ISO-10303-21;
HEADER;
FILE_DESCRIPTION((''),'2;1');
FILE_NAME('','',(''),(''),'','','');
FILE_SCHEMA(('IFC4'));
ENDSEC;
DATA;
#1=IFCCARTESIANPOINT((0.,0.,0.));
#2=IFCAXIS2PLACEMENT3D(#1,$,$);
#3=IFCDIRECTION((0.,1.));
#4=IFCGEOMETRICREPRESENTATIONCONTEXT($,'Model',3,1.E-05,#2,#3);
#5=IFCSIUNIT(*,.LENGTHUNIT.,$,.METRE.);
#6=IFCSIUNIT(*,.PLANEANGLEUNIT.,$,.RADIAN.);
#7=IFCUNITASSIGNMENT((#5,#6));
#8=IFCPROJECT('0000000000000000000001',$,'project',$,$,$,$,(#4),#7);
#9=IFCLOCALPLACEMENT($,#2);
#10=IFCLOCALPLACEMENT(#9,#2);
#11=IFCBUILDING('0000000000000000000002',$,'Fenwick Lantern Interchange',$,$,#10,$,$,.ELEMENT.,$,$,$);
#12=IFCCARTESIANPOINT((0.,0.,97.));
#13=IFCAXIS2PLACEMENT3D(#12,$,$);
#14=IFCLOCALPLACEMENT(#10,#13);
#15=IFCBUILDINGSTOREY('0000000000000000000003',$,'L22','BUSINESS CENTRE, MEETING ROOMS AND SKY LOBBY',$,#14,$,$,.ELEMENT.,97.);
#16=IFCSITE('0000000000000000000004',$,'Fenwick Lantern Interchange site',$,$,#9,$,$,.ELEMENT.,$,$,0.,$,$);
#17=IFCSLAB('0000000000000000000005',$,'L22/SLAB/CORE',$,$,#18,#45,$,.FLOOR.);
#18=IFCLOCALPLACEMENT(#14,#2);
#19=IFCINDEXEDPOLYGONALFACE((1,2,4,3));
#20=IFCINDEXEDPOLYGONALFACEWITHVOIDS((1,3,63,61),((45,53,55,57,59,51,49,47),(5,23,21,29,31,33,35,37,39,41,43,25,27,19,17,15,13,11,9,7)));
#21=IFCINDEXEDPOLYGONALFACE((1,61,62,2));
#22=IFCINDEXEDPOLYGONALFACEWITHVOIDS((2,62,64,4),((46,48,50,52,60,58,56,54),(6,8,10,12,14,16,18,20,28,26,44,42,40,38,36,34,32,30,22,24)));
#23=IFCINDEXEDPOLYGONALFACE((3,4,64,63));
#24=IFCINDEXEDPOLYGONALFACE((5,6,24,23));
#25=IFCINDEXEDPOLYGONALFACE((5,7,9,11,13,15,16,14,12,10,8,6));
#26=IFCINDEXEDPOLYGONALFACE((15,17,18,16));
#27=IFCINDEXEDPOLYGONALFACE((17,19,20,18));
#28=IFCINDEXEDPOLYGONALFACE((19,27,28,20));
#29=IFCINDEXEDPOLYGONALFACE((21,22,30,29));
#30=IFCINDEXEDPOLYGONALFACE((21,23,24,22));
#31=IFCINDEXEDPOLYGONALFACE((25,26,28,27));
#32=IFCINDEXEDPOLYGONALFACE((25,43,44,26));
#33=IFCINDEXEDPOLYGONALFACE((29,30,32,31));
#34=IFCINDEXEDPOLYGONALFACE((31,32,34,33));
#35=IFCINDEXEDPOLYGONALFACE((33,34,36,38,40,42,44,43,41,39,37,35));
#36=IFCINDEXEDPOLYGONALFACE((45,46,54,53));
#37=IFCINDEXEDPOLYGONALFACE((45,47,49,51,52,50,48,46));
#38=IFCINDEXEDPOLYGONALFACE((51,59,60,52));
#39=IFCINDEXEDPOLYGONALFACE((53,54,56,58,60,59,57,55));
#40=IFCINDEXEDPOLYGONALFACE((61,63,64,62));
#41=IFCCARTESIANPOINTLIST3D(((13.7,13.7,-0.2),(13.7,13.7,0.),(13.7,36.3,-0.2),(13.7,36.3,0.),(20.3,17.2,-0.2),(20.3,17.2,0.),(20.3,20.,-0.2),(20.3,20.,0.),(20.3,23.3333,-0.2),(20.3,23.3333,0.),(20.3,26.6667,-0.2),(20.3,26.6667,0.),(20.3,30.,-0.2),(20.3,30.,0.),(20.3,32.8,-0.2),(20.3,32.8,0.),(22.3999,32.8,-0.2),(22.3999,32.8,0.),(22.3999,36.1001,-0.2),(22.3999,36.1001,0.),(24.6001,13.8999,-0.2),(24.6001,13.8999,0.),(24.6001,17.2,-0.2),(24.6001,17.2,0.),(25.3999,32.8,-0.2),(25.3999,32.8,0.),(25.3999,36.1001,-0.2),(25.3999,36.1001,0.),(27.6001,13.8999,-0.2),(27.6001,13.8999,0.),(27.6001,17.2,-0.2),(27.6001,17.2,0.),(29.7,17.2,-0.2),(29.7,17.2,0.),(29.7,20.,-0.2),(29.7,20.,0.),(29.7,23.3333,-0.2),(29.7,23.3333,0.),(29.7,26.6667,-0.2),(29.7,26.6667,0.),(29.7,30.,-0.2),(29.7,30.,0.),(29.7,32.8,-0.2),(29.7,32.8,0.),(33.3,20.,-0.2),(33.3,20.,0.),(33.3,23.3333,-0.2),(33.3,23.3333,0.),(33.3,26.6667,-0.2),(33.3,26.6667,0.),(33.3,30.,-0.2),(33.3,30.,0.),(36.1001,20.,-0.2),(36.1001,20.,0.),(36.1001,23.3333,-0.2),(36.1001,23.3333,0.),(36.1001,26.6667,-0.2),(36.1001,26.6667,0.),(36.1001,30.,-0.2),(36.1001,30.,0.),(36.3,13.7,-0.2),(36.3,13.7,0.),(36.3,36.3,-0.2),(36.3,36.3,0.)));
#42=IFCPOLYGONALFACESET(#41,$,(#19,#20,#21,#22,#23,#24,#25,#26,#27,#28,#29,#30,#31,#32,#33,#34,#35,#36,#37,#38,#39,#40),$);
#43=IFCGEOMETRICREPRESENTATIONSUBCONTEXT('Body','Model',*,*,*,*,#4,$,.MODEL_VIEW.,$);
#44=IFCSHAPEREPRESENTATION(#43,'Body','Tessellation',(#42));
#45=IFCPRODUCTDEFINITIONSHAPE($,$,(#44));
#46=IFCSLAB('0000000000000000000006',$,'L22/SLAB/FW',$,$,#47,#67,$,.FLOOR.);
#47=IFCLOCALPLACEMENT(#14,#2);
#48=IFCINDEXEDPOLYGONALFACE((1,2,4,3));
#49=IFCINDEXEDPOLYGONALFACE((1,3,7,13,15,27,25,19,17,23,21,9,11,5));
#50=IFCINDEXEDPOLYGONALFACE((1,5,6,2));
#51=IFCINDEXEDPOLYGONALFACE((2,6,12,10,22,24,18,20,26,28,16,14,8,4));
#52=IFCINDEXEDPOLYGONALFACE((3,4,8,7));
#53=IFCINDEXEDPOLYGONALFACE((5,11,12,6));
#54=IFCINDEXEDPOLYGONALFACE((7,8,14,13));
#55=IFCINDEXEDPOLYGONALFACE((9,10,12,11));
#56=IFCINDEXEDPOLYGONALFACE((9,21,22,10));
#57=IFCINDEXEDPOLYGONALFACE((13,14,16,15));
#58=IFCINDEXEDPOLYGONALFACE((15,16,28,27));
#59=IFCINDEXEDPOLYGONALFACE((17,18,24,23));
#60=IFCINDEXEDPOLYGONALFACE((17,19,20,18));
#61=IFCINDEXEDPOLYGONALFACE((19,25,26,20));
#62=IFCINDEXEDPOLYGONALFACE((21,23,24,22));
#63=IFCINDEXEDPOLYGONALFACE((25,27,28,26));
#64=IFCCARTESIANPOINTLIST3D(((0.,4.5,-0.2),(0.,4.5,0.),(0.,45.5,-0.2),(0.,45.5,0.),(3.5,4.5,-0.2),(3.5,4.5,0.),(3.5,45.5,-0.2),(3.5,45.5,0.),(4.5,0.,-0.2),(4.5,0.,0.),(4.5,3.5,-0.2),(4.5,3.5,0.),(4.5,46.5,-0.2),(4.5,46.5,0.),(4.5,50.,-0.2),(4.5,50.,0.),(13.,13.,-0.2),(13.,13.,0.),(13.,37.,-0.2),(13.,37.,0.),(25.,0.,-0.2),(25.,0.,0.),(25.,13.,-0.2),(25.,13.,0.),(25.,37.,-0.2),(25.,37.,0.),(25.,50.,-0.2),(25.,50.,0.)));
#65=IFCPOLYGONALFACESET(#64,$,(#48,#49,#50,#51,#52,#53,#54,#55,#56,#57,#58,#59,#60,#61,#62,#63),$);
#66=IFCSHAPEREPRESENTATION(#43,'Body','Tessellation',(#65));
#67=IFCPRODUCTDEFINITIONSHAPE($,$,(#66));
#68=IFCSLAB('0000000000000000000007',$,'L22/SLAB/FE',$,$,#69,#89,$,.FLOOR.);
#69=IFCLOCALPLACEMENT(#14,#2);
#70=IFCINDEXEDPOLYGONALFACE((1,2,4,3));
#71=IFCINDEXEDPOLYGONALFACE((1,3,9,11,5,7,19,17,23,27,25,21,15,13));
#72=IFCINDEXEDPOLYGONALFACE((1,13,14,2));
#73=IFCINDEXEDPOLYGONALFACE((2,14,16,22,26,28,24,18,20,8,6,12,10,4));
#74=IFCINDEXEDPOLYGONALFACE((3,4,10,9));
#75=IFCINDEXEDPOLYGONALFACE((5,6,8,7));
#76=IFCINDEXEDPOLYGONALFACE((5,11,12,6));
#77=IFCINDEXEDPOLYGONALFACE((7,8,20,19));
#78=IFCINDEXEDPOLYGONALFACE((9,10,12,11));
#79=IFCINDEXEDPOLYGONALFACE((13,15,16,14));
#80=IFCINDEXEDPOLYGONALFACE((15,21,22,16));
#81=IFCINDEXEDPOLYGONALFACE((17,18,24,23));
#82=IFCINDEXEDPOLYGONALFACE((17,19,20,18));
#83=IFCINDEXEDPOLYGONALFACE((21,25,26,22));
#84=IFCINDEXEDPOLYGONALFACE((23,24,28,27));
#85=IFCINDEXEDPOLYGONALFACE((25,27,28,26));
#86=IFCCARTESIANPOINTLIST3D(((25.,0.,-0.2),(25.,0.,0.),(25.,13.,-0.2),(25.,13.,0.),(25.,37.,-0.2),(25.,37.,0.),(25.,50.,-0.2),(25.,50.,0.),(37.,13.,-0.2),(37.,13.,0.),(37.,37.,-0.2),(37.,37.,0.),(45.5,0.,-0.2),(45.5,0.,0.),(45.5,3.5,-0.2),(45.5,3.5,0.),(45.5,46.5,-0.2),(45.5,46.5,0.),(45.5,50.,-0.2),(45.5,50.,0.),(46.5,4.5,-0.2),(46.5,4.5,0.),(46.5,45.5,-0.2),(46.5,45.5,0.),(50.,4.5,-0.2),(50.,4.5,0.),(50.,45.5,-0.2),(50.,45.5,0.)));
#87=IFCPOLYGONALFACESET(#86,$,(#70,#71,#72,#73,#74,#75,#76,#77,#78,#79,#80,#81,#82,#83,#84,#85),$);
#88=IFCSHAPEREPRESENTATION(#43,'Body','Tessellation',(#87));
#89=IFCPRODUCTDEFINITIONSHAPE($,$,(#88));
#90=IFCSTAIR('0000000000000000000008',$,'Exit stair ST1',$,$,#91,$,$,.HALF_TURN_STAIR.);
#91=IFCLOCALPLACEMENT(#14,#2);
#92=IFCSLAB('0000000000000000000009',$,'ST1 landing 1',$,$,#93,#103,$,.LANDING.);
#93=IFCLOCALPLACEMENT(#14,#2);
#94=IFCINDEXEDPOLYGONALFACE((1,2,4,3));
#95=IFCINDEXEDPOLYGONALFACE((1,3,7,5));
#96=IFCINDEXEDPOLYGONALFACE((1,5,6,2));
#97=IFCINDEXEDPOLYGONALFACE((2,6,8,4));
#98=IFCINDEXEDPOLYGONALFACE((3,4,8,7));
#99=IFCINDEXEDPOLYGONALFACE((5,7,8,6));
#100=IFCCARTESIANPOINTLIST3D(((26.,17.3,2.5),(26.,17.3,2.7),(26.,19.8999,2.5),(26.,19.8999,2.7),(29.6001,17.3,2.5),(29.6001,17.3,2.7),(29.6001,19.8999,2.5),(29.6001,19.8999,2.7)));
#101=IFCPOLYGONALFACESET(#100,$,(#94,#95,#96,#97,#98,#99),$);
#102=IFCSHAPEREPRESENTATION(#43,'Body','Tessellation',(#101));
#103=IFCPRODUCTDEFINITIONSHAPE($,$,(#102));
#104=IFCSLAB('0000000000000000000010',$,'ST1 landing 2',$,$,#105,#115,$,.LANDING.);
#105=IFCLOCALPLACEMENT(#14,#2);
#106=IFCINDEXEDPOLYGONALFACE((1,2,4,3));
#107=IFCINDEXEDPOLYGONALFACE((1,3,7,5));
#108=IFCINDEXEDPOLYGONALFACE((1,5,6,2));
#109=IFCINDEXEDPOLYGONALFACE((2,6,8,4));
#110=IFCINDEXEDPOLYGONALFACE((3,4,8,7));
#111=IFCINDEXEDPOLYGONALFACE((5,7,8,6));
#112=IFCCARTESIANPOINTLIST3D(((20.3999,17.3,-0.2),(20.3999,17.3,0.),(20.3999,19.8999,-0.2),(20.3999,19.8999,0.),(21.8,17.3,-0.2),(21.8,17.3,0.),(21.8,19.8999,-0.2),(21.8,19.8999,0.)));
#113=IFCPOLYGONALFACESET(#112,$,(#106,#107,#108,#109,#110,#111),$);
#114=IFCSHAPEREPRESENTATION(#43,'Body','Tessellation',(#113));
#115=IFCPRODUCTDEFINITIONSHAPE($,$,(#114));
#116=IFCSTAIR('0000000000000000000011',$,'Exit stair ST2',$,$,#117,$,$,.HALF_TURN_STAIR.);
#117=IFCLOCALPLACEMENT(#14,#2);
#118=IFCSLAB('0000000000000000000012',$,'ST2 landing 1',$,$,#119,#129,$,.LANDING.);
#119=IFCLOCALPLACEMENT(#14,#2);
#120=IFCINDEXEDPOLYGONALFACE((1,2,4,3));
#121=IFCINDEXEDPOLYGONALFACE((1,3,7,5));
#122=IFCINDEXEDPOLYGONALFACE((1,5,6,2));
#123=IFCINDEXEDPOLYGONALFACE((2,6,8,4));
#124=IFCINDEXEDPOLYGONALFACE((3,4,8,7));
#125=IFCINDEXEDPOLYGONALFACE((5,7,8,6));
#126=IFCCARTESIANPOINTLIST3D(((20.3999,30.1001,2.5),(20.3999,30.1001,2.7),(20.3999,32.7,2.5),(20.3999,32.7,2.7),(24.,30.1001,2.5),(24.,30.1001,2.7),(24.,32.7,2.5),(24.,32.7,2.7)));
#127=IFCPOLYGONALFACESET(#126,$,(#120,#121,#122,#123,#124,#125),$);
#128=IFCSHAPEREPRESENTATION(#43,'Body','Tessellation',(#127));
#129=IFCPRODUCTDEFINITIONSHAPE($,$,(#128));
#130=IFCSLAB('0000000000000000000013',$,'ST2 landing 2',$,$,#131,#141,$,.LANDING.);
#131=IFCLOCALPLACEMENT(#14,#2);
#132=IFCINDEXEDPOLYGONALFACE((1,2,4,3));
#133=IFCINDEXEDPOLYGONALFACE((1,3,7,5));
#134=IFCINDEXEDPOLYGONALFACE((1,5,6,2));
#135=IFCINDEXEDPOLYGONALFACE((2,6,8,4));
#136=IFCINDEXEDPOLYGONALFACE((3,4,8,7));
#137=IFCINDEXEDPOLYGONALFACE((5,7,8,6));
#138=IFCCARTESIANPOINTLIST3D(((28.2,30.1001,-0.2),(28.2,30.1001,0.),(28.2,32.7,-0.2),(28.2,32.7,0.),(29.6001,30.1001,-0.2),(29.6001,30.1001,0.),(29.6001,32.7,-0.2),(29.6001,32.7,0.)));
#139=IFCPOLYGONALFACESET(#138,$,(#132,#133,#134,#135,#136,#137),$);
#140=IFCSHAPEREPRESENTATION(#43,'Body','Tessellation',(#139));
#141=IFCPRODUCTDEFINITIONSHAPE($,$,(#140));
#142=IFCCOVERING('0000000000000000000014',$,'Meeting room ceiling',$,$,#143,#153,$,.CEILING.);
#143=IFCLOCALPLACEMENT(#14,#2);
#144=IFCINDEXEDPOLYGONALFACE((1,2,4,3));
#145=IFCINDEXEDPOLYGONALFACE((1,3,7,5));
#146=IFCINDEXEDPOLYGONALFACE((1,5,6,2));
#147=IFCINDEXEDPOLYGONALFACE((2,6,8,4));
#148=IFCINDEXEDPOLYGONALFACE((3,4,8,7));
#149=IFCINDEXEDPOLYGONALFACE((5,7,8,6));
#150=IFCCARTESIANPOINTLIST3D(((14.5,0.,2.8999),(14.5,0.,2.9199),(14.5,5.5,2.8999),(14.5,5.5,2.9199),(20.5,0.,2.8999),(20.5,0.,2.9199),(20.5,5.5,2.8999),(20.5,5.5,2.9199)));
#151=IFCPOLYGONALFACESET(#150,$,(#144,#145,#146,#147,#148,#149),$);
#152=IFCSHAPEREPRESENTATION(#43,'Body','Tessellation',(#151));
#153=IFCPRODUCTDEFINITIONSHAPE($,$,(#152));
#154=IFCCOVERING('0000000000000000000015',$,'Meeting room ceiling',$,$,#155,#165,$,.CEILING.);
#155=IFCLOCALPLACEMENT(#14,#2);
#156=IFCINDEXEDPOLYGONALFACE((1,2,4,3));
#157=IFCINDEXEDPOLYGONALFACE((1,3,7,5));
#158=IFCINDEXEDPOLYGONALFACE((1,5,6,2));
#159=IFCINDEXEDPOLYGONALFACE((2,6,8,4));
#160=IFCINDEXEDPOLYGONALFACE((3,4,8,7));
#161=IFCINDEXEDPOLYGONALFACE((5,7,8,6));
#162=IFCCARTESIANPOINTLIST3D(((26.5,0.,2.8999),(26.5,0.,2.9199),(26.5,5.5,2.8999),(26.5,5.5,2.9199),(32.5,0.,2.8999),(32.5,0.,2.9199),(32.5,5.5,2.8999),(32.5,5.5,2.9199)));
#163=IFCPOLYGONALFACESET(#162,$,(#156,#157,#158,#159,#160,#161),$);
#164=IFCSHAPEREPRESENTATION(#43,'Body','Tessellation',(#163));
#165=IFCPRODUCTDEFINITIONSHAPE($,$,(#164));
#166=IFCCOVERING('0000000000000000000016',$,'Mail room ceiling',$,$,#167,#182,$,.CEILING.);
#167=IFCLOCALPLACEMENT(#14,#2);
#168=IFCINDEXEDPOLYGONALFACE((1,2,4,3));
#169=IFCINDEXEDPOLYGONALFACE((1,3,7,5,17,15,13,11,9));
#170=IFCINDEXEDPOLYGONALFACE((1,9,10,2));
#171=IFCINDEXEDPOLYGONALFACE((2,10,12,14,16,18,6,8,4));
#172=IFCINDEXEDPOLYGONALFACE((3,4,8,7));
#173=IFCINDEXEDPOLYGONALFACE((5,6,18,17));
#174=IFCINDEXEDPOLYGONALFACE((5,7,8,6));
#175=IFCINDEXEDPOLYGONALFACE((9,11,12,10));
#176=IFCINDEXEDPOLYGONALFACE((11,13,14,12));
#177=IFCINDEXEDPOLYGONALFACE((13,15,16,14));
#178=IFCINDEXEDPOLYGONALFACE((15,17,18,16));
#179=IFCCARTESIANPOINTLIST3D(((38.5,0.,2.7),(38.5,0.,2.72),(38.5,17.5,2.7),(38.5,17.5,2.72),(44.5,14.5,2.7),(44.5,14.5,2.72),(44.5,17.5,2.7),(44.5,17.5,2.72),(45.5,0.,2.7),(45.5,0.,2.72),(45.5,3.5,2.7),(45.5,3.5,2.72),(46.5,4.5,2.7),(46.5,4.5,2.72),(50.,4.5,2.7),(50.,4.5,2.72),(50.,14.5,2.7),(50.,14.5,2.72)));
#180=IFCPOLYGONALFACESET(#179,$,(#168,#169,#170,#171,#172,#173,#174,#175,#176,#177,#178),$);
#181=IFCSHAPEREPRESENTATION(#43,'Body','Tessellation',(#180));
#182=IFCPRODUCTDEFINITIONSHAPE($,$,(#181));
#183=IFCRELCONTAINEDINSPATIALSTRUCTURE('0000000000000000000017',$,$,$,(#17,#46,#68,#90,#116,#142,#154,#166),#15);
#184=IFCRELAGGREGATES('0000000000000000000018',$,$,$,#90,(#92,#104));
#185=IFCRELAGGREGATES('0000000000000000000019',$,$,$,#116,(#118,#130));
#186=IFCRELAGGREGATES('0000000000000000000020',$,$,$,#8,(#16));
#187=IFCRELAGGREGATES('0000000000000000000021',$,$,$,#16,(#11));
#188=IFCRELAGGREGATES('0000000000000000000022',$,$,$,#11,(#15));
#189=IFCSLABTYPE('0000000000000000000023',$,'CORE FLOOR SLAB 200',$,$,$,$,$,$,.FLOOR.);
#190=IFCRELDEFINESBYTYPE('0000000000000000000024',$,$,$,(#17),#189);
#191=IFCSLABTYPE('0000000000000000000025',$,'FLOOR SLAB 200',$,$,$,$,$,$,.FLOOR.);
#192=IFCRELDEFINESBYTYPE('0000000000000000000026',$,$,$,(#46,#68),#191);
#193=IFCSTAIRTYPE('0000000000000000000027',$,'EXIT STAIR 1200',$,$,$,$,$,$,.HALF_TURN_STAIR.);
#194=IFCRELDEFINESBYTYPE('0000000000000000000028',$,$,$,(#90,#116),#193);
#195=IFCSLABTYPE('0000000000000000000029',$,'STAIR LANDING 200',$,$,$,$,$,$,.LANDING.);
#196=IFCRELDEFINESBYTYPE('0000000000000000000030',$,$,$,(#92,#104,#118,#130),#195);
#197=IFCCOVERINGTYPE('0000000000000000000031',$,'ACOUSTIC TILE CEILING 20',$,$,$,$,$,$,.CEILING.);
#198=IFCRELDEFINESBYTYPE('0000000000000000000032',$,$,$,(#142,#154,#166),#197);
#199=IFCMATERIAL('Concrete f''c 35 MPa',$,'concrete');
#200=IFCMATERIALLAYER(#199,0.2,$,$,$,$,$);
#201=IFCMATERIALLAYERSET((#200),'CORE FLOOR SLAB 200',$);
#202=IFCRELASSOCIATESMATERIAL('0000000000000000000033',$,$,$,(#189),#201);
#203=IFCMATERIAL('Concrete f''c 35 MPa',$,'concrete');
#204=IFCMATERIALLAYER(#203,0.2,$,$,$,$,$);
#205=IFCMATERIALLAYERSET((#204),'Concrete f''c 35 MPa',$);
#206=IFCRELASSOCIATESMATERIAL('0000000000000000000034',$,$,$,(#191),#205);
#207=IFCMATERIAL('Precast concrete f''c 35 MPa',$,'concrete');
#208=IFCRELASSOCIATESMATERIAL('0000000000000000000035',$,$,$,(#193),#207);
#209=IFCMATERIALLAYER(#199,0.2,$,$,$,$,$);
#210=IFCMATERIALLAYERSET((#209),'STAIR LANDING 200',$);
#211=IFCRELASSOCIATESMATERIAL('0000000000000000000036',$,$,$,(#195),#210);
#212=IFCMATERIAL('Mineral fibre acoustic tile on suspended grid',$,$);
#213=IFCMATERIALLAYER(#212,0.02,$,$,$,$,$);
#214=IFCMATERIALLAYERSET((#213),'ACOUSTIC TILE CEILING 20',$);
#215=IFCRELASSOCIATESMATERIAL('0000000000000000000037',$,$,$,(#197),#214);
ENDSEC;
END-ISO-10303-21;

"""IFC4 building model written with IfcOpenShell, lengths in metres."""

from ifc_helpers import new_model, si_unit, direction, frame, origin, place, context, subcontext, project, spatial, polyline, outline, extrude, material, layer, layer_set, type_object, element, aggregate, save


model = new_model("IFC4")

# Units and contexts
model_context = context("Model", 3, precision=1e-05, world=origin(), true_north=direction((0.0, 1.0)))
body_context = subcontext(model_context, "Body", "Model", "MODEL_VIEW")
ifc_project = project(units=[si_unit("LENGTHUNIT", "METRE"), si_unit("PLANEANGLEUNIT", "RADIAN")], contexts=[model_context])

# Site, building, storey
site_placement = place(None, origin())
site = spatial("IfcSite", under=ifc_project, at=site_placement, Name="Fenwick Lantern Interchange site", CompositionType="ELEMENT", RefElevation=0.0)
building_placement = place(site_placement, origin())
building = spatial("IfcBuilding", under=site, at=building_placement, Name="Fenwick Lantern Interchange", CompositionType="ELEMENT")
storey_placement = place(building_placement, frame((0.0, 0.0, 97.0)))
storey = spatial("IfcBuildingStorey", under=building, at=storey_placement, Name="L22", Description="BUSINESS CENTRE, MEETING ROOMS AND SKY LOBBY", CompositionType="ELEMENT", Elevation=97.0)

# Slabs
ifc_material_1 = material(Name="Concrete f'c 35 MPa", Category="concrete")
ifc_layer_1 = layer(ifc_material_1, 0.2)
ifc_layer_set_1 = layer_set([ifc_layer_1], Name="CORE FLOOR SLAB 200")
slab_type_1 = type_object("IfcSlabType", Name="CORE FLOOR SLAB 200", PredefinedType="FLOOR", material=ifc_layer_set_1)
slab_1_placement = place(storey_placement, frame((0.0, 0.0, -0.2)))
element("IfcSlab", 1, at=slab_1_placement, inside=storey, type_object=slab_type_1, Name="L22/SLAB/CORE", PredefinedType="FLOOR", context=body_context, shape_type="SweptSolid", body=[
    extrude(outline(polyline([(13.7, 36.3), (36.3, 36.3), (36.3, 13.7), (13.7, 13.7), (13.7, 36.3)]), holes=[polyline([(29.7, 17.2), (29.7, 20.0), (29.7, 23.3333), (29.7, 26.6667), (29.7, 30.0), (29.7, 32.8), (25.3999, 32.8), (25.3999, 36.1001), (22.3999, 36.1001), (22.3999, 32.8), (20.3, 32.8), (20.3, 30.0), (20.3, 26.6667), (20.3, 23.3333), (20.3, 20.0), (20.3, 17.2), (24.6001, 17.2), (24.6001, 13.8999), (27.6001, 13.8999), (27.6001, 17.2), (29.7, 17.2)]), polyline([(33.3, 23.3333), (33.3, 20.0), (36.1001, 20.0), (36.1001, 23.3333), (36.1001, 26.6667), (36.1001, 30.0), (33.3, 30.0), (33.3, 26.6667), (33.3, 23.3333)])]), origin(), (0.0, 0.0, 1.0), 0.2),
])
ifc_material_2 = material(Name="Concrete f'c 35 MPa", Category="concrete")
ifc_layer_2 = layer(ifc_material_2, 0.2)
ifc_layer_set_2 = layer_set([ifc_layer_2], Name="Concrete f'c 35 MPa")
slab_type_2 = type_object("IfcSlabType", Name="FLOOR SLAB 200", PredefinedType="FLOOR", material=ifc_layer_set_2)
slab_2_placement = place(storey_placement, frame((0.0, 0.0, -0.2)))
element("IfcSlab", 2, at=slab_2_placement, inside=storey, type_object=slab_type_2, Name="L22/SLAB/FW", PredefinedType="FLOOR", context=body_context, shape_type="SweptSolid", body=[
    extrude(outline(polyline([(4.5, 0.0), (4.5, 3.5), (3.5, 4.5), (0.0, 4.5), (0.0, 45.5), (3.5, 45.5), (4.5, 46.5), (4.5, 50.0), (25.0, 50.0), (25.0, 37.0), (13.0, 37.0), (13.0, 13.0), (25.0, 13.0), (25.0, 0.0), (4.5, 0.0)])), origin(), (0.0, 0.0, 1.0), 0.2),
])
slab_3_placement = place(storey_placement, frame((0.0, 0.0, -0.2)))
element("IfcSlab", 3, at=slab_3_placement, inside=storey, type_object=slab_type_2, Name="L22/SLAB/FE", PredefinedType="FLOOR", context=body_context, shape_type="SweptSolid", body=[
    extrude(outline(polyline([(45.5, 50.0), (45.5, 46.5), (46.5, 45.5), (50.0, 45.5), (50.0, 4.5), (46.5, 4.5), (45.5, 3.5), (45.5, 0.0), (25.0, 0.0), (25.0, 13.0), (37.0, 13.0), (37.0, 37.0), (25.0, 37.0), (25.0, 50.0), (45.5, 50.0)])), origin(), (0.0, 0.0, 1.0), 0.2),
])

# Stairs, slabs
ifc_material_3 = material(Name="Precast concrete f'c 35 MPa", Category="concrete")
stair_type = type_object("IfcStairType", Name="EXIT STAIR 1200", PredefinedType="HALF_TURN_STAIR", material=ifc_material_3)
stair_1_placement = place(storey_placement, origin())
stair_1 = element("IfcStair", 4, at=stair_1_placement, inside=storey, type_object=stair_type, Name="Exit stair ST1", PredefinedType="HALF_TURN_STAIR")
ifc_layer_3 = layer(ifc_material_1, 0.2)
ifc_layer_set_3 = layer_set([ifc_layer_3], Name="STAIR LANDING 200")
slab_type_3 = type_object("IfcSlabType", Name="STAIR LANDING 200", PredefinedType="LANDING", material=ifc_layer_set_3)
slab_4_placement = place(storey_placement, frame((0.0, 0.0, 2.5)))
slab_4 = element("IfcSlab", 5, at=slab_4_placement, type_object=slab_type_3, Name="ST1 landing 1", PredefinedType="LANDING", context=body_context, shape_type="SweptSolid", body=[
    extrude(outline(polyline([(26.0, 17.3), (29.6001, 17.3), (29.6001, 19.8999), (26.0, 19.8999), (26.0, 17.3)])), origin(), (0.0, 0.0, 1.0), 0.2),
])
slab_5_placement = place(storey_placement, frame((0.0, 0.0, -0.2)))
slab_5 = element("IfcSlab", 6, at=slab_5_placement, type_object=slab_type_3, Name="ST1 landing 2", PredefinedType="LANDING", context=body_context, shape_type="SweptSolid", body=[
    extrude(outline(polyline([(20.3999, 17.3), (21.8, 17.3), (21.8, 19.8999), (20.3999, 19.8999), (20.3999, 17.3)])), origin(), (0.0, 0.0, 1.0), 0.2),
])
aggregate(stair_1, [slab_4, slab_5])
stair_2_placement = place(storey_placement, origin())
stair_2 = element("IfcStair", 7, at=stair_2_placement, inside=storey, type_object=stair_type, Name="Exit stair ST2", PredefinedType="HALF_TURN_STAIR")
slab_6_placement = place(storey_placement, frame((0.0, 0.0, 2.5)))
slab_6 = element("IfcSlab", 8, at=slab_6_placement, type_object=slab_type_3, Name="ST2 landing 1", PredefinedType="LANDING", context=body_context, shape_type="SweptSolid", body=[
    extrude(outline(polyline([(24.0, 32.7), (20.3999, 32.7), (20.3999, 30.1001), (24.0, 30.1001), (24.0, 32.7)])), origin(), (0.0, 0.0, 1.0), 0.2),
])
slab_7_placement = place(storey_placement, frame((0.0, 0.0, -0.2)))
slab_7 = element("IfcSlab", 9, at=slab_7_placement, type_object=slab_type_3, Name="ST2 landing 2", PredefinedType="LANDING", context=body_context, shape_type="SweptSolid", body=[
    extrude(outline(polyline([(29.6001, 32.7), (28.2, 32.7), (28.2, 30.1001), (29.6001, 30.1001), (29.6001, 32.7)])), origin(), (0.0, 0.0, 1.0), 0.2),
])
aggregate(stair_2, [slab_6, slab_7])

# Coverings
ifc_material_4 = material(Name="Mineral fibre acoustic tile on suspended grid")
ifc_layer_4 = layer(ifc_material_4, 0.02)
ifc_layer_set_4 = layer_set([ifc_layer_4], Name="ACOUSTIC TILE CEILING 20")
covering_type_1 = type_object("IfcCoveringType", Name="ACOUSTIC TILE CEILING 20", PredefinedType="CEILING", material=ifc_layer_set_4)
covering_1_placement = place(storey_placement, frame((0.0, 0.0, 2.8999)))
element("IfcCovering", 10, at=covering_1_placement, inside=storey, type_object=covering_type_1, Name="Meeting room ceiling", PredefinedType="CEILING", context=body_context, shape_type="SweptSolid", body=[
    extrude(outline(polyline([(14.5, 0.0), (20.5, 0.0), (20.5, 5.5), (14.5, 5.5), (14.5, 0.0)])), origin(), (0.0, 0.0, 1.0), 0.02),
])
covering_2_placement = place(storey_placement, frame((0.0, 0.0, 2.8999)))
element("IfcCovering", 11, at=covering_2_placement, inside=storey, type_object=covering_type_1, Name="Meeting room ceiling", PredefinedType="CEILING", context=body_context, shape_type="SweptSolid", body=[
    extrude(outline(polyline([(26.5, 0.0), (32.5, 0.0), (32.5, 5.5), (26.5, 5.5), (26.5, 0.0)])), origin(), (0.0, 0.0, 1.0), 0.02),
])
covering_3_placement = place(storey_placement, frame((0.0, 0.0, 2.7)))
element("IfcCovering", 12, at=covering_3_placement, inside=storey, type_object=covering_type_1, Name="Mail room ceiling", PredefinedType="CEILING", context=body_context, shape_type="SweptSolid", body=[
    extrude(outline(polyline([(46.5, 4.5), (50.0, 4.5), (50.0, 14.5), (44.5, 14.5), (44.5, 17.5), (38.5, 17.5), (38.5, 0.0), (45.5, 0.0), (45.5, 3.5), (46.5, 4.5)])), origin(), (0.0, 0.0, 1.0), 0.02),
])

save(model, "model.ifc")
